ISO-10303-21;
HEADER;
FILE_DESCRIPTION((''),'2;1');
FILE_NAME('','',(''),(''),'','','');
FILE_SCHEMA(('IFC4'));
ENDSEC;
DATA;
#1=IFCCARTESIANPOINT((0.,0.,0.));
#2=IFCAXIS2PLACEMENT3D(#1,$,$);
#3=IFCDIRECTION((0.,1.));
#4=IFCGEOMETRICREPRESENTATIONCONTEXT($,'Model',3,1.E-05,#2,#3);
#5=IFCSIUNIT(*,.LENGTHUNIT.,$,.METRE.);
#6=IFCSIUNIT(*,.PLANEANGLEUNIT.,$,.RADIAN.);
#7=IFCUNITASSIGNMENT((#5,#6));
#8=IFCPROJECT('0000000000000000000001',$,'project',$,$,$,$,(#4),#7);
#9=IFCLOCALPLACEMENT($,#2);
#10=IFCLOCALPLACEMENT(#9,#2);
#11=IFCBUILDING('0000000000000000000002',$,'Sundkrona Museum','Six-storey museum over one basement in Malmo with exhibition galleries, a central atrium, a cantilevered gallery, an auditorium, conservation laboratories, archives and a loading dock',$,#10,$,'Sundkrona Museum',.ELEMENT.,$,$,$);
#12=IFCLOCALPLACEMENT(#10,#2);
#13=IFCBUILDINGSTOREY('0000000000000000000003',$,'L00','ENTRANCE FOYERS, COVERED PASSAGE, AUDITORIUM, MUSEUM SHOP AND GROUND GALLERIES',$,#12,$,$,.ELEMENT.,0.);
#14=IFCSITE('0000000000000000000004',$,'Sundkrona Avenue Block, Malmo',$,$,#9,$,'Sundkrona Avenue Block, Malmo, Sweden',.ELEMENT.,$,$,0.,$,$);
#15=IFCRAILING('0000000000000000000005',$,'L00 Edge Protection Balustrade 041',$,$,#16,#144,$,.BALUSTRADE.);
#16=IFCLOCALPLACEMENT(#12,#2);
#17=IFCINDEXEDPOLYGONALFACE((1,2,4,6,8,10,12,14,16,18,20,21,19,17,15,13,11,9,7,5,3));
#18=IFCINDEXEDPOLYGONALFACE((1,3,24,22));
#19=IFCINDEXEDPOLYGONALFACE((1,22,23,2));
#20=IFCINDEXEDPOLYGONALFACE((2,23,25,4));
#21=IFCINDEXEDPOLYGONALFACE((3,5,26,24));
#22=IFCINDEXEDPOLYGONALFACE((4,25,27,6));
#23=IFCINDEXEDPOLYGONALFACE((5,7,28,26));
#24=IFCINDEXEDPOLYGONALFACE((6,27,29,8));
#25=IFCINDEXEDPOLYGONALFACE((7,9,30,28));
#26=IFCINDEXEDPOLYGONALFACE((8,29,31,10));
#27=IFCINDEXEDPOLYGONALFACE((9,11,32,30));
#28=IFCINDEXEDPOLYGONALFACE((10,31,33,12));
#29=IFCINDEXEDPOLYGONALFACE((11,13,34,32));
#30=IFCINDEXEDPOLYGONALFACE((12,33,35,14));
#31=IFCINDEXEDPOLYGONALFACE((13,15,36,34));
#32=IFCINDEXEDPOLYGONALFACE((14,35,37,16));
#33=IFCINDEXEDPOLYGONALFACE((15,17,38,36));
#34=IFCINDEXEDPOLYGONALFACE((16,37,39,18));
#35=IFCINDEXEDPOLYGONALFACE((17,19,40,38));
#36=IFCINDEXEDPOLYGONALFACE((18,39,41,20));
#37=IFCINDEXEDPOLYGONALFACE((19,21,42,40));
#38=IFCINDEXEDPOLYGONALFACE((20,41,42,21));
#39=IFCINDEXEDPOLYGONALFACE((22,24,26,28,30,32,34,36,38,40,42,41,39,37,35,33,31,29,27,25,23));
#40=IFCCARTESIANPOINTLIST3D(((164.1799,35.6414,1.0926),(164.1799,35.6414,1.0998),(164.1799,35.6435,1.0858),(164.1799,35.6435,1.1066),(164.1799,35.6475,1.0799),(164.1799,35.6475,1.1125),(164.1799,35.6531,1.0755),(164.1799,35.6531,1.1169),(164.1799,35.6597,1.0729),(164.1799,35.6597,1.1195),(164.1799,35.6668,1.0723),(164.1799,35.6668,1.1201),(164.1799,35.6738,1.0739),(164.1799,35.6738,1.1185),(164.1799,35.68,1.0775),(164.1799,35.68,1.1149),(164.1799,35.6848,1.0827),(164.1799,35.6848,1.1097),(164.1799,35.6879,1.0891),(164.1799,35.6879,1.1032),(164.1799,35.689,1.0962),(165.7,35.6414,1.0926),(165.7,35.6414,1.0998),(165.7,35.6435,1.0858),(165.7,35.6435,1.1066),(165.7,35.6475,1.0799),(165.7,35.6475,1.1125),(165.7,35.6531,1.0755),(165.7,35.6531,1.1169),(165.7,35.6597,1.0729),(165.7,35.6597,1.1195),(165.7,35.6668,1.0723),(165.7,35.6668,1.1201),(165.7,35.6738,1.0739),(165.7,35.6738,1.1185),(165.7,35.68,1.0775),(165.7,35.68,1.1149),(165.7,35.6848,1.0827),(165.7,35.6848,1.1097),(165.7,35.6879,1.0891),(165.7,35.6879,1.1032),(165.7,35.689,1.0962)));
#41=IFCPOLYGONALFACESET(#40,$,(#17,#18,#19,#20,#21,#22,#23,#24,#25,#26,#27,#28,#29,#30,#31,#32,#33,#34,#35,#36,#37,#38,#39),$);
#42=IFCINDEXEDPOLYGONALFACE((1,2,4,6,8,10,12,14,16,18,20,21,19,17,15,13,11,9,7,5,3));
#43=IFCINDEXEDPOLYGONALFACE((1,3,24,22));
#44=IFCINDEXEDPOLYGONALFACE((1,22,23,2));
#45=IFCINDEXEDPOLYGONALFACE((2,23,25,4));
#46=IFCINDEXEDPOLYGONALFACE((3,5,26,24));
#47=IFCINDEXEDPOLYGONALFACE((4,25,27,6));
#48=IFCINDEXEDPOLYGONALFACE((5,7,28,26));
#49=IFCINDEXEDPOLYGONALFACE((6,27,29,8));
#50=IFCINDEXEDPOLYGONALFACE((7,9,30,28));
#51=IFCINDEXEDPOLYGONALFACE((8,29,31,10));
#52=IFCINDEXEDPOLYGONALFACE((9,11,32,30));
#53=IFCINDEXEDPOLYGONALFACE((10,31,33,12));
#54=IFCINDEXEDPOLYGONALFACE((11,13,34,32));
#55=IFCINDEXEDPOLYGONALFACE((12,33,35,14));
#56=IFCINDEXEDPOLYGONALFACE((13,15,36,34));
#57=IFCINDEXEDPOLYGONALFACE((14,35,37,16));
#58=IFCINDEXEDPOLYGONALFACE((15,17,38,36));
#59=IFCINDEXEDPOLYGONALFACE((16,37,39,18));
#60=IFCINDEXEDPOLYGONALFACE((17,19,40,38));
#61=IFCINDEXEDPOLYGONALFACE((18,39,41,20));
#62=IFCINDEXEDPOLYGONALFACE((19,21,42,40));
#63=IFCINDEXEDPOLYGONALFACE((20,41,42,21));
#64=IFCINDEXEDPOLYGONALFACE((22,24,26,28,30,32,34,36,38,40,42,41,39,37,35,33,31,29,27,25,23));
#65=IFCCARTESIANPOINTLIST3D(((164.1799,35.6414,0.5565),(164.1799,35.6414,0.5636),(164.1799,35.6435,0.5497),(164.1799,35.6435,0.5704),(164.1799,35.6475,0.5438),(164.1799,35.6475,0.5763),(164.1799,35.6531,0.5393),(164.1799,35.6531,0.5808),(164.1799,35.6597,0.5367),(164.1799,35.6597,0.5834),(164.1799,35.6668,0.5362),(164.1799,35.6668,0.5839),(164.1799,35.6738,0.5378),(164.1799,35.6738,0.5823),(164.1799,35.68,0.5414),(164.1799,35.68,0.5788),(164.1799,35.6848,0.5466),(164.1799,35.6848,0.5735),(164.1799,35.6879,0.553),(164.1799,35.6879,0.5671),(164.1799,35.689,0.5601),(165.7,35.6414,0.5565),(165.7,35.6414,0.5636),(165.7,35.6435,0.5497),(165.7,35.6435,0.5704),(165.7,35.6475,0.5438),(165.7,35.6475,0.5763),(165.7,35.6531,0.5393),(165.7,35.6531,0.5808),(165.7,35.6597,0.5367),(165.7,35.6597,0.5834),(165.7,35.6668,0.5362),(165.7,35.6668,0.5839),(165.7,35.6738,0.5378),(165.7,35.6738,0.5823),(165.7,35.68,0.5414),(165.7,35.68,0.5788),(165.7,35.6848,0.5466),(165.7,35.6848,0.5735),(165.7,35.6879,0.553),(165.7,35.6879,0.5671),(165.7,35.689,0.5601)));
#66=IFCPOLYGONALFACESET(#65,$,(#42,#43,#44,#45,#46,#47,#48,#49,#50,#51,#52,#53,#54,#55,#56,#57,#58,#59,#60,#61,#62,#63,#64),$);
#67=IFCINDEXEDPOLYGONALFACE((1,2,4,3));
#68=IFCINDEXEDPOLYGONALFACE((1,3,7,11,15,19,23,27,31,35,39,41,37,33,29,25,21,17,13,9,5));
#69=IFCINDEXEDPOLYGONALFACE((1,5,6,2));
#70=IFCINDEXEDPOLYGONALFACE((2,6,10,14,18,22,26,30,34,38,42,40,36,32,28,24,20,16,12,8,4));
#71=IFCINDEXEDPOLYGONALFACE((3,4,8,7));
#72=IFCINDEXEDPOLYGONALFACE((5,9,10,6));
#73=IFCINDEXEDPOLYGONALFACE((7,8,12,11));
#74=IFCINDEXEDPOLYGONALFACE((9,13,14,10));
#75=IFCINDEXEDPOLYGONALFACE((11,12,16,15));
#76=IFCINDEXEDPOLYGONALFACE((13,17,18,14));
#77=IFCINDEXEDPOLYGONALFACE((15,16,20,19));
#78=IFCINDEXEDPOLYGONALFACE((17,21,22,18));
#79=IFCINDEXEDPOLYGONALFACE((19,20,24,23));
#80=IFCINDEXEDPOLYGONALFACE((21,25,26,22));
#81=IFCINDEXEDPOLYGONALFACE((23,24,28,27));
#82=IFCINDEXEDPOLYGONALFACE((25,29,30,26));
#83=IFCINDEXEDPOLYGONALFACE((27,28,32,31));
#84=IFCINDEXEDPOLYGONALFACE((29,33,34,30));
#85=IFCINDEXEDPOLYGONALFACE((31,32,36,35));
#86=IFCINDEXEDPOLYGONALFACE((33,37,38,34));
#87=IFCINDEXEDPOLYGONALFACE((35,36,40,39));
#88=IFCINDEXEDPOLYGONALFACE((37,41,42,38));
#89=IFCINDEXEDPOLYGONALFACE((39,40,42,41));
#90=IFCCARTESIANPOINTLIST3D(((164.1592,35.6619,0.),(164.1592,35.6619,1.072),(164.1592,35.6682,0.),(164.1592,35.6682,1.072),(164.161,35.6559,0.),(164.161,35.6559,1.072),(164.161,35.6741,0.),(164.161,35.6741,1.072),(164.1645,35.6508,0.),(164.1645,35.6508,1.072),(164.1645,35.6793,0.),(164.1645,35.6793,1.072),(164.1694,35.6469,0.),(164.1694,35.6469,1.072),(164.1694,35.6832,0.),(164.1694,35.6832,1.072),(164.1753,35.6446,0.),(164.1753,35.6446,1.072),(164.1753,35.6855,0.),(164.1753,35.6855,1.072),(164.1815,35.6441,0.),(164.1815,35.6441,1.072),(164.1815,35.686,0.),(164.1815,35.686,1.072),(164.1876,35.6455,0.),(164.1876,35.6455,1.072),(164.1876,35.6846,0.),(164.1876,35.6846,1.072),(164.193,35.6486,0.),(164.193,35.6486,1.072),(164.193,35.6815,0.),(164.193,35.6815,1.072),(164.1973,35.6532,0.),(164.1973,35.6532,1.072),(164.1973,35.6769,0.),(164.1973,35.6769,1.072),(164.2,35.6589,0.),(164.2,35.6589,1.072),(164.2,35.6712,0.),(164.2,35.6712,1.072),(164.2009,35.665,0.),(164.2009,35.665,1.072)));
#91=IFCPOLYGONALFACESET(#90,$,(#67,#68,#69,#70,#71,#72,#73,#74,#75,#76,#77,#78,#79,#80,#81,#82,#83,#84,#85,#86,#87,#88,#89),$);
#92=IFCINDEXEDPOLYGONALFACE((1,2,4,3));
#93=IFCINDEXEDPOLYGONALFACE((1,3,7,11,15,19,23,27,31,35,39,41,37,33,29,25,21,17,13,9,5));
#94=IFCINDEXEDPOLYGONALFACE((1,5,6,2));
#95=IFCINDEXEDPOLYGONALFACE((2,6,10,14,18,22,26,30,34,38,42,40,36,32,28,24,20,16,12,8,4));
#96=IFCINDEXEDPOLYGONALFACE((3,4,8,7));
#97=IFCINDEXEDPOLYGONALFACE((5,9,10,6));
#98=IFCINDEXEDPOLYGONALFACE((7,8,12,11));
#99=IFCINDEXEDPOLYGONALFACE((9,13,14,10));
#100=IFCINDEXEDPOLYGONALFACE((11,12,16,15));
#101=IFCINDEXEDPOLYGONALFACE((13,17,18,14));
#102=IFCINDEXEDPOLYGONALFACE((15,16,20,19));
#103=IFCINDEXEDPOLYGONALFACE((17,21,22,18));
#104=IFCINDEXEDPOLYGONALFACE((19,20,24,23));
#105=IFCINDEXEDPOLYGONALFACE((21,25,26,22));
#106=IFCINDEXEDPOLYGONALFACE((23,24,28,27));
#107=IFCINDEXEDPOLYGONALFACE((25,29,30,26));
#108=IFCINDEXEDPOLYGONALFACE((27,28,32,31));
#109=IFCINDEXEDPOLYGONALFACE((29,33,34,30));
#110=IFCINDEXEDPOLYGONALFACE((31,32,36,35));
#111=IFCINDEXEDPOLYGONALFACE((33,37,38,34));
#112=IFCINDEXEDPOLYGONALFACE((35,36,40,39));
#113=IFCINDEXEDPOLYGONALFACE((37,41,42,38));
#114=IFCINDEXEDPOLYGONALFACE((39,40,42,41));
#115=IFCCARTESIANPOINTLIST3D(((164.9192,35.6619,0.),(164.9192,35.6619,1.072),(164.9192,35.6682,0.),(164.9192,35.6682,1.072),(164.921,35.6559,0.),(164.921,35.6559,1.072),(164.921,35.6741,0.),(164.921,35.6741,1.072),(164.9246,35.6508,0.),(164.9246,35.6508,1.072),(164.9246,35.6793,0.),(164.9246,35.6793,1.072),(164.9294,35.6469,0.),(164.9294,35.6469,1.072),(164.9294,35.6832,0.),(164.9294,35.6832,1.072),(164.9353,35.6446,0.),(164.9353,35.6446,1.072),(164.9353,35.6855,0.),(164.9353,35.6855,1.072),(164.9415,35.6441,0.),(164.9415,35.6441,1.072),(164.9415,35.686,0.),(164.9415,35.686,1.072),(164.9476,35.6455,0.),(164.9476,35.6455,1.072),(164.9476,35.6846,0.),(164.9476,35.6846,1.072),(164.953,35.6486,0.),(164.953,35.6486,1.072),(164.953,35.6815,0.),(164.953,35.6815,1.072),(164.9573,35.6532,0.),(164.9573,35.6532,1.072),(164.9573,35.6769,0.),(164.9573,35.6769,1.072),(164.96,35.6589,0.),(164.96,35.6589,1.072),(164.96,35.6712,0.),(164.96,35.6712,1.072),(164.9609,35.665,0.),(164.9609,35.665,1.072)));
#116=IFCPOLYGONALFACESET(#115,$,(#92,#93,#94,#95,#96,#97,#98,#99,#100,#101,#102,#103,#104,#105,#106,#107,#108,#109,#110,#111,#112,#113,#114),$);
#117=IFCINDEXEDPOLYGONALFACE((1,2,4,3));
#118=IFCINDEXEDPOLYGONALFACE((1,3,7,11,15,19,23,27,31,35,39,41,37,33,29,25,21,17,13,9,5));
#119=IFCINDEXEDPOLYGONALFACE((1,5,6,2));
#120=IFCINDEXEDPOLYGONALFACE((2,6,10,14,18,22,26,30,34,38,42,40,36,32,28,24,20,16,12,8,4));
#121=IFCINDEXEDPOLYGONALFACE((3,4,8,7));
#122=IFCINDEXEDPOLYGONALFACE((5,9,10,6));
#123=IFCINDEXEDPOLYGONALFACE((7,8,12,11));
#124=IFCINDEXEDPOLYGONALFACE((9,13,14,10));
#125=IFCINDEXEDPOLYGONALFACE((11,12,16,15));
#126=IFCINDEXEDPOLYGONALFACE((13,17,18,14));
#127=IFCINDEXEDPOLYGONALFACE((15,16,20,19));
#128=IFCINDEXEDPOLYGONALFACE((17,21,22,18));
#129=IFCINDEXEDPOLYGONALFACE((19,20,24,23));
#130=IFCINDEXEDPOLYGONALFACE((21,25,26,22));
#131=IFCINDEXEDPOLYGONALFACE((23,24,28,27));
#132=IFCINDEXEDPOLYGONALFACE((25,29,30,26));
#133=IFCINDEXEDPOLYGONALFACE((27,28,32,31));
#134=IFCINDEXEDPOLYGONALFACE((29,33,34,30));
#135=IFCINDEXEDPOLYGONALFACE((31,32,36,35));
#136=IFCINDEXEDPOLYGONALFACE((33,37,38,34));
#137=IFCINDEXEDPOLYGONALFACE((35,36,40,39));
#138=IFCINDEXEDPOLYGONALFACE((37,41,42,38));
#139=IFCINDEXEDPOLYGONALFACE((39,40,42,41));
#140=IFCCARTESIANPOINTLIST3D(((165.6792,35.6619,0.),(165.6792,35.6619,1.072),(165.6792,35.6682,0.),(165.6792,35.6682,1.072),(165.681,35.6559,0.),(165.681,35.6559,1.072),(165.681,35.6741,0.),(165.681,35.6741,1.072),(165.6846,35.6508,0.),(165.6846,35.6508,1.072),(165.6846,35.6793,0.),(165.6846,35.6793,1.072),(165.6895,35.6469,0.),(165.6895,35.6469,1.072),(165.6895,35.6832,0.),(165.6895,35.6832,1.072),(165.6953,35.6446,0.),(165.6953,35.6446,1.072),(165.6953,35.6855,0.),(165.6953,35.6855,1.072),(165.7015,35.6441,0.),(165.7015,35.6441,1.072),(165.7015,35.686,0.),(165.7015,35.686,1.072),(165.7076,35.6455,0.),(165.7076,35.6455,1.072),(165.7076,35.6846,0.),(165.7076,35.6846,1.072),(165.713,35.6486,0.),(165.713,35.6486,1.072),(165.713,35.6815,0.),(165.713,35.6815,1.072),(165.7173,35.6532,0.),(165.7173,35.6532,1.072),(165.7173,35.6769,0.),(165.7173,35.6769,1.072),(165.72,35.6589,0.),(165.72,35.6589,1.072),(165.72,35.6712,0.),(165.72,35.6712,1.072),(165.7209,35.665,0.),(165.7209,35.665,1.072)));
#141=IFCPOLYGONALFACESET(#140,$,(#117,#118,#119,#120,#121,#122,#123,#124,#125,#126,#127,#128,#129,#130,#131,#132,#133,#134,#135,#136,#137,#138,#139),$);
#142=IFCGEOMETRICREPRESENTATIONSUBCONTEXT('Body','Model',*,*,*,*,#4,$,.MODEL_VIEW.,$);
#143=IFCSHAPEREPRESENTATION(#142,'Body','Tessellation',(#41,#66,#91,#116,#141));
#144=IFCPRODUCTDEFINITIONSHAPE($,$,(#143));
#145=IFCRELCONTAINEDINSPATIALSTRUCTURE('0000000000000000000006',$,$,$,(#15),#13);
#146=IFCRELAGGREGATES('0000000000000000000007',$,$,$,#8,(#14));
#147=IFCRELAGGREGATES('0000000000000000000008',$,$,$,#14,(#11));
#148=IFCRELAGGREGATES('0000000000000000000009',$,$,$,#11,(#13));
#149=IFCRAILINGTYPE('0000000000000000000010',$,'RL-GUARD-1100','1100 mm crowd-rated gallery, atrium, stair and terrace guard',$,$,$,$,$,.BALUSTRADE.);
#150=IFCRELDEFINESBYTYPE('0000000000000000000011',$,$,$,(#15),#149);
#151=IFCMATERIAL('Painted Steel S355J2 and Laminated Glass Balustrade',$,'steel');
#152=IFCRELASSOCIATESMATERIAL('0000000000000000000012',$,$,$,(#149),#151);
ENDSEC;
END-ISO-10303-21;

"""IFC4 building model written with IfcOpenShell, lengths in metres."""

from ifc_helpers import new_model, si_unit, direction, frame, origin, origin_2d, place, context, subcontext, project, spatial, circle, extrude, material, type_object, element, save


model = new_model("IFC4")

# Units and contexts
model_context = context("Model", 3, precision=1e-05, world=origin(), true_north=direction((0.0, 1.0)))
body_context = subcontext(model_context, "Body", "Model", "MODEL_VIEW")
ifc_project = project(units=[si_unit("LENGTHUNIT", "METRE"), si_unit("PLANEANGLEUNIT", "RADIAN")], contexts=[model_context])

# Site, building, storey
site_placement = place(None, origin())
site = spatial("IfcSite", under=ifc_project, at=site_placement, Name="Sundkrona Avenue Block, Malmo", LongName="Sundkrona Avenue Block, Malmo, Sweden", CompositionType="ELEMENT", RefElevation=0.0)
building_placement = place(site_placement, origin())
building = spatial("IfcBuilding", under=site, at=building_placement, Name="Sundkrona Museum", Description="Six-storey museum over one basement in Malmo with exhibition galleries, a central atrium, a cantilevered gallery, an auditorium, conservation laboratories, archives and a loading dock", LongName="Sundkrona Museum", CompositionType="ELEMENT")
storey_placement = place(building_placement, origin())
storey = spatial("IfcBuildingStorey", under=building, at=storey_placement, Name="L00", Description="ENTRANCE FOYERS, COVERED PASSAGE, AUDITORIUM, MUSEUM SHOP AND GROUND GALLERIES", CompositionType="ELEMENT", Elevation=0.0)

# Railing
ifc_material_1 = material(Name="Painted Steel S355J2 and Laminated Glass Balustrade", Category="steel")
railing_type_1 = type_object("IfcRailingType", Name="RL-GUARD-1100", Description="1100 mm crowd-rated gallery, atrium, stair and terrace guard", PredefinedType="BALUSTRADE", material=ifc_material_1)
for number, where, name in (
    (1, (164.1799, 35.665, 0.0), "L00 Edge Protection Balustrade 041"),
):
    element("IfcRailing", number, at=place(storey_placement, frame(where)), inside=storey, type_object=railing_type_1, Name=name, PredefinedType="BALUSTRADE", context=body_context, shape_type="SweptSolid", body=[
        extrude(circle(Radius=0.0239, at=origin_2d()), frame((0.0, 0.0, 1.0962), z_axis=(1.0, 0.0, 0.0), x_axis=(0.0, 1.0, 0.0)), (0.0, 0.0, 1.0), 1.52),
        extrude(circle(Radius=0.0239, at=origin_2d()), frame((0.0, 0.0, 0.5601), z_axis=(1.0, 0.0, 0.0), x_axis=(0.0, 1.0, 0.0)), (0.0, 0.0, 1.0), 1.52),
        extrude(circle(Radius=0.021, at=origin_2d()), origin(), (0.0, 0.0, 1.0), 1.072),
        extrude(circle(Radius=0.021, at=origin_2d()), frame((0.76, 0.0, 0.0)), (0.0, 0.0, 1.0), 1.072),
        extrude(circle(Radius=0.021, at=origin_2d()), frame((1.52, 0.0, 0.0)), (0.0, 0.0, 1.0), 1.072),
    ])

save(model, "model.ifc")
